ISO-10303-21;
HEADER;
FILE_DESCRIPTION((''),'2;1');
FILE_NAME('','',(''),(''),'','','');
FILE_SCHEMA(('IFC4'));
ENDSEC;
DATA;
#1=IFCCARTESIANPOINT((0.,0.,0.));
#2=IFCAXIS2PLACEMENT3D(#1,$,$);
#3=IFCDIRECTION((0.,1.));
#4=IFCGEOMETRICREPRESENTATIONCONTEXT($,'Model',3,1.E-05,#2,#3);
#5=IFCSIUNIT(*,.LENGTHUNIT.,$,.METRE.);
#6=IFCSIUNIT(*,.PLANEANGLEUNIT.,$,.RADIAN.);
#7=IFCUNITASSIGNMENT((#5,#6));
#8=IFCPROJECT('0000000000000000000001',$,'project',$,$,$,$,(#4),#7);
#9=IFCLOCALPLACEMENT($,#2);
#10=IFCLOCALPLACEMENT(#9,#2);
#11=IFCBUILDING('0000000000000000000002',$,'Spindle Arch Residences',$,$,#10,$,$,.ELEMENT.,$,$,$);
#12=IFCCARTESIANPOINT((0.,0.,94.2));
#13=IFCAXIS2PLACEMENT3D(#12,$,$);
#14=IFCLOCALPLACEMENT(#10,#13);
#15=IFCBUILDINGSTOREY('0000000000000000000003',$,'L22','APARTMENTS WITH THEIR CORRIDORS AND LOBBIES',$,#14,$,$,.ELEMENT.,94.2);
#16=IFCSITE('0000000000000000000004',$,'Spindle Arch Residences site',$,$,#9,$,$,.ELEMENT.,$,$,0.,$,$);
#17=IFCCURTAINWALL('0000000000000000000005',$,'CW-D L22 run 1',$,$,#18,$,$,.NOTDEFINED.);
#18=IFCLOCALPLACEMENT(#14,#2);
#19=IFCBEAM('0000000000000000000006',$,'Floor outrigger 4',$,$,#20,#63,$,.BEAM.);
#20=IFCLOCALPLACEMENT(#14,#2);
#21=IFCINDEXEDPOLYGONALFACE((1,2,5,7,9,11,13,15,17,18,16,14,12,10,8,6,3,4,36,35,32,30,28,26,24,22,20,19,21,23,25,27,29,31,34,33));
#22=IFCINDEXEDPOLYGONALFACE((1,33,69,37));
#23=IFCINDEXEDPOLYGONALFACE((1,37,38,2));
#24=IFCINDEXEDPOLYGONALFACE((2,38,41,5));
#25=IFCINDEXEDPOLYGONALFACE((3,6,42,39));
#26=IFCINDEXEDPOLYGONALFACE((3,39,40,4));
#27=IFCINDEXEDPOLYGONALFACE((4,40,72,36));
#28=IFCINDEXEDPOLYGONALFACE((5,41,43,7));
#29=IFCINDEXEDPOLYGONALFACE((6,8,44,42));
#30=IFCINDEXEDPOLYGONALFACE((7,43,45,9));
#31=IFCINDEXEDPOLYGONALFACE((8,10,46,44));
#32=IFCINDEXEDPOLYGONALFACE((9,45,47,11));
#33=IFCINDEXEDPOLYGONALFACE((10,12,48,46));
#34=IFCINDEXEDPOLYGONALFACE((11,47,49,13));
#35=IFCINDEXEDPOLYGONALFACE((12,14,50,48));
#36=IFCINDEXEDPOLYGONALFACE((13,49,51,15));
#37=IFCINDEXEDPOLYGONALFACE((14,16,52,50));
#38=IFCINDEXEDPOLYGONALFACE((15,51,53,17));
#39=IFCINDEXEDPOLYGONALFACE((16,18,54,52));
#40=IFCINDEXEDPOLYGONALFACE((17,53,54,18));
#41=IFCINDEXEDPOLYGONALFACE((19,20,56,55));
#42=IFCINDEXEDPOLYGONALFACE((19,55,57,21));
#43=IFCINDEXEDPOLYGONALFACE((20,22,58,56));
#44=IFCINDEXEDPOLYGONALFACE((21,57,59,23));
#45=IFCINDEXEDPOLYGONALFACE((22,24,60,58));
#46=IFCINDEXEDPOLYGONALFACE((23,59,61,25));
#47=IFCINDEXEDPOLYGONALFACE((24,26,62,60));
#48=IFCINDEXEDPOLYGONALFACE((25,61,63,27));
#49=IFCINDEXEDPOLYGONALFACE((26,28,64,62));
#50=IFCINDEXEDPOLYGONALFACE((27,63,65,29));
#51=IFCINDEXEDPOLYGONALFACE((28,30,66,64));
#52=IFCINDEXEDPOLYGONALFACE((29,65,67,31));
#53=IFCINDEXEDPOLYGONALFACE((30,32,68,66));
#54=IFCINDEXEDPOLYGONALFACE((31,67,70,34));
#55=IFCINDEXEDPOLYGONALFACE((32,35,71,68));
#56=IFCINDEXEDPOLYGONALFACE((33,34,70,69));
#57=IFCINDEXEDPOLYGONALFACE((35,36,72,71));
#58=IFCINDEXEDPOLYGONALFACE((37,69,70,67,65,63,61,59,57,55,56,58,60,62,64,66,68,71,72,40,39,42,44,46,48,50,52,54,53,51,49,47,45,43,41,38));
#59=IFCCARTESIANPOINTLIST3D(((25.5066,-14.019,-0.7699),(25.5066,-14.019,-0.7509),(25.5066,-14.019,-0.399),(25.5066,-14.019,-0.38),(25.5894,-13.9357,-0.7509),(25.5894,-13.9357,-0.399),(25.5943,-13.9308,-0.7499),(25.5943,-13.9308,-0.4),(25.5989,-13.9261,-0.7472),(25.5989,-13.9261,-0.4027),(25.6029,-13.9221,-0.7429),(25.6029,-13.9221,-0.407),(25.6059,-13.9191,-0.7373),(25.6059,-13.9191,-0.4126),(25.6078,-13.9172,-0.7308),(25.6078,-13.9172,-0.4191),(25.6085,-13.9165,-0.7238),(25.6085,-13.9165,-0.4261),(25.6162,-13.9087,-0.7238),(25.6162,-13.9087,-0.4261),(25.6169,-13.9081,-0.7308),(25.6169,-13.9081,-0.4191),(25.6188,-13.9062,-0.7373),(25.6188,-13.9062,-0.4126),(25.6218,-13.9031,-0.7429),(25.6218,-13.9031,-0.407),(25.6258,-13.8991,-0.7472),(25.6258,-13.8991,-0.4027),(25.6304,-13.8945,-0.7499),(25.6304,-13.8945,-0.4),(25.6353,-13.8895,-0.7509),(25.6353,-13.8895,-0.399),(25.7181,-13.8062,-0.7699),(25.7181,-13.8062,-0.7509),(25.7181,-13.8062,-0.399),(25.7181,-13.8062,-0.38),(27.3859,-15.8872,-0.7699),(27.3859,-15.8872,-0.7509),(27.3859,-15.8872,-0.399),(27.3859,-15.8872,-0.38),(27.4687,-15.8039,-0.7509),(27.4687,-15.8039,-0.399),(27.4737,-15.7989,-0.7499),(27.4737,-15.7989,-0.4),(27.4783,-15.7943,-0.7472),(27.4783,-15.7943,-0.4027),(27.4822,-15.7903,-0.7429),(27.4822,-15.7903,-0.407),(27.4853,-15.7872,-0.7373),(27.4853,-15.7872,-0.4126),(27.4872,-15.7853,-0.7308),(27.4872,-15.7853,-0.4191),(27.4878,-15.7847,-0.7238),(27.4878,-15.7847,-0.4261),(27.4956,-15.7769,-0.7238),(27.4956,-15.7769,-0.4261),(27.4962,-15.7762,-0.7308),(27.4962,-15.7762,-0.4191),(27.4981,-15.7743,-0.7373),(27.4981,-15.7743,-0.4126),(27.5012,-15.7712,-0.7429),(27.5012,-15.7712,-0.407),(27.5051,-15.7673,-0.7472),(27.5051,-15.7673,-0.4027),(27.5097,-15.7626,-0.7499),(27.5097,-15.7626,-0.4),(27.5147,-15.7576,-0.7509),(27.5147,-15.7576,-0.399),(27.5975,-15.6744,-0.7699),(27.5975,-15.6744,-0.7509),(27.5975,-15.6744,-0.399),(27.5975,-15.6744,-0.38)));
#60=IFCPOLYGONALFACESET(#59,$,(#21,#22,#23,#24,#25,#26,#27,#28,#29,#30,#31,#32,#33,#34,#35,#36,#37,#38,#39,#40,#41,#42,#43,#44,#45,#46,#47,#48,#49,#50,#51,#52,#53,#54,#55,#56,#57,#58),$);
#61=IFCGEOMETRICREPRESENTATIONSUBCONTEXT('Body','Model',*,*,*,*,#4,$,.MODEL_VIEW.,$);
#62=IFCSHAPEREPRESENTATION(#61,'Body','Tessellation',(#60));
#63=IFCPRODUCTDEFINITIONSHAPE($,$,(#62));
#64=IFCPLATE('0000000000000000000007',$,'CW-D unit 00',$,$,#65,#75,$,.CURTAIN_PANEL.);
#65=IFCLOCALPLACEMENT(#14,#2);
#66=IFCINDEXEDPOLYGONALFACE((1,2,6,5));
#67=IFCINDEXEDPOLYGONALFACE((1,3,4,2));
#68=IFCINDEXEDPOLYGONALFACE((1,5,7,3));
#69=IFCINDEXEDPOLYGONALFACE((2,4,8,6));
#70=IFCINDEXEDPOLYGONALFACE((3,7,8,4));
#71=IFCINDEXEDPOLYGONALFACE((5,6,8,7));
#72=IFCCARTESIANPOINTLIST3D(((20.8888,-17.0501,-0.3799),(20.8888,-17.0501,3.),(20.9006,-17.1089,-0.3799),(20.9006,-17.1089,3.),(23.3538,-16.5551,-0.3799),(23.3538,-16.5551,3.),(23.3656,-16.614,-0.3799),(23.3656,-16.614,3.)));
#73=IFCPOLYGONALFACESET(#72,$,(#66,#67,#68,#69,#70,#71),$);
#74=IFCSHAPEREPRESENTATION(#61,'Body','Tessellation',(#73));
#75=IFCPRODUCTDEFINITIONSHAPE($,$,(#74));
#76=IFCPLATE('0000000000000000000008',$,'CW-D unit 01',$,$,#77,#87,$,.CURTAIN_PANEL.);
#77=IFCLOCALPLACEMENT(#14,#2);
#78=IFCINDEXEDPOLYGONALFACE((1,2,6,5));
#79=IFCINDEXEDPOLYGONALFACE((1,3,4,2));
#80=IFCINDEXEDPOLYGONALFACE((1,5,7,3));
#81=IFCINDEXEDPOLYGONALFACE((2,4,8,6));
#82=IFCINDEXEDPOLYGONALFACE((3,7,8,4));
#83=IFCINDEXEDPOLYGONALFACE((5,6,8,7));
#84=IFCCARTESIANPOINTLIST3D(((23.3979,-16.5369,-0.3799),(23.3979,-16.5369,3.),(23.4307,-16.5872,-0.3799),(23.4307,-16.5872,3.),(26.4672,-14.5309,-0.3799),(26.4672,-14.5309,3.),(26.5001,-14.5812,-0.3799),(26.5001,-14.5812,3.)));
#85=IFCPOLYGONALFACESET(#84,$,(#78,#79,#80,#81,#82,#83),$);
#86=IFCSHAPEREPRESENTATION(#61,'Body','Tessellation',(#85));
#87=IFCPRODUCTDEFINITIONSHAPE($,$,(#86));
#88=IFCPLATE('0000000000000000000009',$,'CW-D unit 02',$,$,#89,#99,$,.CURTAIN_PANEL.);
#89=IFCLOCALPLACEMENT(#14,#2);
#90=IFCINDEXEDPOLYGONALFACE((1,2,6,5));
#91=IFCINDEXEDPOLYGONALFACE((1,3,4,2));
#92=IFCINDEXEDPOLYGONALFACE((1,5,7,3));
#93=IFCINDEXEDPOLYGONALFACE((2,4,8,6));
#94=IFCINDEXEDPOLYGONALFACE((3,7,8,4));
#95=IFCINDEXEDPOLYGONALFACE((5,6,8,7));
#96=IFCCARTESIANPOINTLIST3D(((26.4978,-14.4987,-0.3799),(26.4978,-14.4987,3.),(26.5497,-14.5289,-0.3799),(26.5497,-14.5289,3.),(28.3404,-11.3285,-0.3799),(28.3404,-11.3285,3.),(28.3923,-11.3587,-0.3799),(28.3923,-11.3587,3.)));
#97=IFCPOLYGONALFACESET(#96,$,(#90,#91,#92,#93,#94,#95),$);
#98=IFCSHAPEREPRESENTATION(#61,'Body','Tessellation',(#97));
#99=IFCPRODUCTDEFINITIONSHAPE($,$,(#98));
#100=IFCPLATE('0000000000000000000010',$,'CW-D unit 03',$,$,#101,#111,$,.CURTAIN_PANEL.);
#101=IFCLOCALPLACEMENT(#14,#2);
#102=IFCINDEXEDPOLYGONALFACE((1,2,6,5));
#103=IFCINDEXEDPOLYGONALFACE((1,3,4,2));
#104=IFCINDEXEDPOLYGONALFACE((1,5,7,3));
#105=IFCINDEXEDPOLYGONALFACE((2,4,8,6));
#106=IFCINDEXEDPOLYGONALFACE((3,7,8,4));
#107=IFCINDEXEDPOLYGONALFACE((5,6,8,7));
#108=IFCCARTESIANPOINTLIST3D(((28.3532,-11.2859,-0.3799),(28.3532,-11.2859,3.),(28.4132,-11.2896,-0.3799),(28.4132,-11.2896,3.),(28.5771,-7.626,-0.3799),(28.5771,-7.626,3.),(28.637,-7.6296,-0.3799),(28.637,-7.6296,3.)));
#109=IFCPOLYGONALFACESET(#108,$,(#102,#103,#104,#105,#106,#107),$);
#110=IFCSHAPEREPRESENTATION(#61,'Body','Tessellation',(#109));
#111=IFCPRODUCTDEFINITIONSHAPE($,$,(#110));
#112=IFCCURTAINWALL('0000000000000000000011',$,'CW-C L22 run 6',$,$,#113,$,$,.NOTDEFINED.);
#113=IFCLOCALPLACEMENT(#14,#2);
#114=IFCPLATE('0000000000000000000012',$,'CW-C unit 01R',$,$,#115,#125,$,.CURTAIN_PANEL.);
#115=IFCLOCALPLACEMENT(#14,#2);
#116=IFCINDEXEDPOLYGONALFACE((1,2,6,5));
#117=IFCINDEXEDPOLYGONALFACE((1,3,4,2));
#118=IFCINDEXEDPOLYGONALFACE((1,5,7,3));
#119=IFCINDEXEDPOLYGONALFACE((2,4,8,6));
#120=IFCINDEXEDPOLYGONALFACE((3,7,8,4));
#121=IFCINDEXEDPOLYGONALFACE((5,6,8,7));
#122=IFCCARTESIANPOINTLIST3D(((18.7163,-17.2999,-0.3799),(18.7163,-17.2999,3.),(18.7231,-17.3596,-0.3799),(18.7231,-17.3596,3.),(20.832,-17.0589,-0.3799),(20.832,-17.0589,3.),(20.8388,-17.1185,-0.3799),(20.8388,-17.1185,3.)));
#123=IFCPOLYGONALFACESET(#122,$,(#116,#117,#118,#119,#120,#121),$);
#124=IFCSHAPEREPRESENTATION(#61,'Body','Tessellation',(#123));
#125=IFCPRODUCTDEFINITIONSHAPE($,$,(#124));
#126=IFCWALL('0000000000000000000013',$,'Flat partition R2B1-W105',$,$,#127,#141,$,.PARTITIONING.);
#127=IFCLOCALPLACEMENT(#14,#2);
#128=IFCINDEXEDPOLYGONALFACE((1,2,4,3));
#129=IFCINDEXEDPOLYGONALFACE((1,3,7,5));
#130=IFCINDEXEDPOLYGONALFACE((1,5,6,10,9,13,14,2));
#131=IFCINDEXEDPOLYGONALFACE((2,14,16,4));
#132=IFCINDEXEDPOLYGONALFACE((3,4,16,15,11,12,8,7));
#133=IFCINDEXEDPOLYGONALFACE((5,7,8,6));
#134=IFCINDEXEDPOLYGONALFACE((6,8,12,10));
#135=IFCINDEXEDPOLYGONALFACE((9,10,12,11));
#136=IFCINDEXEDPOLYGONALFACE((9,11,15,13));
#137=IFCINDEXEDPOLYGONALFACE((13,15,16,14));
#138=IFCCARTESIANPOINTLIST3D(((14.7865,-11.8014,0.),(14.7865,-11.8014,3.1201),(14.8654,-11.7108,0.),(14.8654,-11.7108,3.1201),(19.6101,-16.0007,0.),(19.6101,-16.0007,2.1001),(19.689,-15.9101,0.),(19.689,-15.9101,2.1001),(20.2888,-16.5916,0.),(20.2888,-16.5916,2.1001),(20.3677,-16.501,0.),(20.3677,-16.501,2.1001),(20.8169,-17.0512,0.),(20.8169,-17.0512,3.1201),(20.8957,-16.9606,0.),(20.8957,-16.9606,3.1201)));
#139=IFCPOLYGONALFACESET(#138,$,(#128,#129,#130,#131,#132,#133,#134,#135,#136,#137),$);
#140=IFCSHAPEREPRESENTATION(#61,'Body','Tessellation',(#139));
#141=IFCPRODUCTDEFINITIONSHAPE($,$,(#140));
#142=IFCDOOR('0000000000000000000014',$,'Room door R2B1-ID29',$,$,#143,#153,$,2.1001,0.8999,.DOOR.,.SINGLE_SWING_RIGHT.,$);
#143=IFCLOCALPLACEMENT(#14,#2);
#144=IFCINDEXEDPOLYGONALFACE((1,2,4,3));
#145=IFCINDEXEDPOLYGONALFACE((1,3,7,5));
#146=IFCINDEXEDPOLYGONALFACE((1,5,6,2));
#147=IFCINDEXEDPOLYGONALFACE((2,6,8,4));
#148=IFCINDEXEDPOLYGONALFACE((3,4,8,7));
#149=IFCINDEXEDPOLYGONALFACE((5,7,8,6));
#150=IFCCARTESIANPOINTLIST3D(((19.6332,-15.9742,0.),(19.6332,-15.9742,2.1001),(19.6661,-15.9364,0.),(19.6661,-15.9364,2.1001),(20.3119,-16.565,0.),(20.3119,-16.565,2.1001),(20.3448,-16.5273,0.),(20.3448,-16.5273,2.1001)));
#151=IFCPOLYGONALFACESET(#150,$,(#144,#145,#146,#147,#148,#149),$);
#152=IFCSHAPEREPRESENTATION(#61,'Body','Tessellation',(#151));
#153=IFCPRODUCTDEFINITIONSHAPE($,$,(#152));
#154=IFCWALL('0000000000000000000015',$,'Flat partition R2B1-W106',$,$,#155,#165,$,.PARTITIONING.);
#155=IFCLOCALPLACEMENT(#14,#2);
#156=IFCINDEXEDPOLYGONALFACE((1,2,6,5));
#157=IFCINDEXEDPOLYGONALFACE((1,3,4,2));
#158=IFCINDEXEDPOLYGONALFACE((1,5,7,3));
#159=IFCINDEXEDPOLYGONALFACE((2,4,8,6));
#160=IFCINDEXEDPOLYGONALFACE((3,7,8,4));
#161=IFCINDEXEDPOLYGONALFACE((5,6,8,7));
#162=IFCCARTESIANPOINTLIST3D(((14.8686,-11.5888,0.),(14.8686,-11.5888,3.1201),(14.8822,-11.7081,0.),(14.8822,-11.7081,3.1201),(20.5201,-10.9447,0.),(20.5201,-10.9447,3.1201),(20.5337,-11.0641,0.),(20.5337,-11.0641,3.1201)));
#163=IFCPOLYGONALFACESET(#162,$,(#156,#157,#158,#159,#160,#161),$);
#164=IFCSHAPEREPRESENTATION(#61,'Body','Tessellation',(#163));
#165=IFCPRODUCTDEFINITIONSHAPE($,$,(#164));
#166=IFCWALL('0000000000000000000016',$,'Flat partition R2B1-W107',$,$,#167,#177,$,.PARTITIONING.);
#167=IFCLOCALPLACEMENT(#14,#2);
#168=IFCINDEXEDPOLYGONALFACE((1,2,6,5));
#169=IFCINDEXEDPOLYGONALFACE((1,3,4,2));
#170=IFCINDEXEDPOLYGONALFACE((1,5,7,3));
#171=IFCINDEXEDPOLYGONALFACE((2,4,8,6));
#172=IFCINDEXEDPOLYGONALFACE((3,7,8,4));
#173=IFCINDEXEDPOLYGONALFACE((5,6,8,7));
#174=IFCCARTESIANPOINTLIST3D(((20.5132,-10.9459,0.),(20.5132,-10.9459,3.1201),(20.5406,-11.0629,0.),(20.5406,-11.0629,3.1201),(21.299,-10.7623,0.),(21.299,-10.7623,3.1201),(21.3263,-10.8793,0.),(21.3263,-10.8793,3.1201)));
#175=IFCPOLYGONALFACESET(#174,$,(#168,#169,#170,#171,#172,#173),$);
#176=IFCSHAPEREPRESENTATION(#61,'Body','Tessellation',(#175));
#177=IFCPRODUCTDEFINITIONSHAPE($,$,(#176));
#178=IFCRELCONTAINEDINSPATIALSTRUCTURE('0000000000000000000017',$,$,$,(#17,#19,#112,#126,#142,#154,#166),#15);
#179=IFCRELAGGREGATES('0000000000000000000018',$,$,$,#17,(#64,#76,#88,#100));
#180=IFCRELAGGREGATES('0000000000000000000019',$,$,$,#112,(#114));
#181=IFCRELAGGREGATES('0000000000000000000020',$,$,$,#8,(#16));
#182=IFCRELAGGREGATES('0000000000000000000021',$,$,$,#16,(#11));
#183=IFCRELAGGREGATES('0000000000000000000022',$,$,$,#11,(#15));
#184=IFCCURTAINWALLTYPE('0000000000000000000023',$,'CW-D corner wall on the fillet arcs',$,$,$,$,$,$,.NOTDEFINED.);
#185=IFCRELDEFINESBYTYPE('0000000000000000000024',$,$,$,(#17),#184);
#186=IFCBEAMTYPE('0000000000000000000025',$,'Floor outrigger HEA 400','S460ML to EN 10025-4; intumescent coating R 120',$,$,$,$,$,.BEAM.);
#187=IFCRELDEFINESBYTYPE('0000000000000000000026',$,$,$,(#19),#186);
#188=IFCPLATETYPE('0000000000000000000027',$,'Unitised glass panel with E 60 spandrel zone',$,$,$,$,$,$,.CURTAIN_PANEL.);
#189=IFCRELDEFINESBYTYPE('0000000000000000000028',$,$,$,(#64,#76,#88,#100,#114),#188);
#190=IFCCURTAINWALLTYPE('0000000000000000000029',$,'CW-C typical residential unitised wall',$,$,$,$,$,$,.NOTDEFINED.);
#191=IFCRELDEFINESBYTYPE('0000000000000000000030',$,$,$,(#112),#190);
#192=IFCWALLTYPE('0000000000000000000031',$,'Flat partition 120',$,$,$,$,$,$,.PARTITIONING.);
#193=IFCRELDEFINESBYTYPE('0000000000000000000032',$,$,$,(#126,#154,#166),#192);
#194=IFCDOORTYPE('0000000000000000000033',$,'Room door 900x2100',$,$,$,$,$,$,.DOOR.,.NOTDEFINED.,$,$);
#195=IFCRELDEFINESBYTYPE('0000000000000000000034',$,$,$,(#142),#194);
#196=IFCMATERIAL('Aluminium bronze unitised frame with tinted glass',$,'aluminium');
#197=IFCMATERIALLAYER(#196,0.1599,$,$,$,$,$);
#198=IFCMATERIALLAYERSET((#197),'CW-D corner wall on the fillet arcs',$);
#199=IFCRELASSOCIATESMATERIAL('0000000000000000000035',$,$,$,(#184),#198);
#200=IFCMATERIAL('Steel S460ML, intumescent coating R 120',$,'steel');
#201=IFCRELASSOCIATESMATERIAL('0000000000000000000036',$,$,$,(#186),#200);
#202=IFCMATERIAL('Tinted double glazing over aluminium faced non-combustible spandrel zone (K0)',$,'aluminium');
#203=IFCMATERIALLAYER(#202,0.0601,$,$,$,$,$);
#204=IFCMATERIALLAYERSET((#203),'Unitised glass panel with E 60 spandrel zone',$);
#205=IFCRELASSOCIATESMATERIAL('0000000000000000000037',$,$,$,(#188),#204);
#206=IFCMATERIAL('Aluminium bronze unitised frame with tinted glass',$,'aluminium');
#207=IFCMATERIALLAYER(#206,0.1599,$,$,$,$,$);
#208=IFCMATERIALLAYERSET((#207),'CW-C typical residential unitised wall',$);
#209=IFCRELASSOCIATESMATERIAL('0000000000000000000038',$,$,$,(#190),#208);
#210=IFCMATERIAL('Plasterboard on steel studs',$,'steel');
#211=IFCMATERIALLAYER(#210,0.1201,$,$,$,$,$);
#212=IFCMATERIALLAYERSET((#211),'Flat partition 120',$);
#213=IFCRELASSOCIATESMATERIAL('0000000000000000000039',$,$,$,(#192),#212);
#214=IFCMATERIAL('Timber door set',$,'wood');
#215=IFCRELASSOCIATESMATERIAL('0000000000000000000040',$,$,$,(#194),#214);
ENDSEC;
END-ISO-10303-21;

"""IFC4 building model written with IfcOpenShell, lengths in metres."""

from ifc_helpers import new_model, si_unit, direction, frame, frame_2d, origin, origin_2d, place, context, subcontext, project, spatial, rectangle, i_section, extrude, material, layer, layer_set, material_profile, profile_set, type_object, element, fill, aggregate, save


model = new_model("IFC4")

# Units and contexts
model_context = context("Model", 3, precision=1e-05, world=origin(), true_north=direction((0.0, 1.0)))
body_context = subcontext(model_context, "Body", "Model", "MODEL_VIEW")
ifc_project = project(units=[si_unit("LENGTHUNIT", "METRE"), si_unit("PLANEANGLEUNIT", "RADIAN")], contexts=[model_context])

# Site, building, storey
site_placement = place(None, origin())
site = spatial("IfcSite", under=ifc_project, at=site_placement, Name="Spindle Arch Residences site", CompositionType="ELEMENT", RefElevation=0.0)
building_placement = place(site_placement, origin())
building = spatial("IfcBuilding", under=site, at=building_placement, Name="Spindle Arch Residences", CompositionType="ELEMENT")
storey_placement = place(building_placement, frame((0.0, 0.0, 94.2)))
storey = spatial("IfcBuildingStorey", under=building, at=storey_placement, Name="L22", Description="APARTMENTS WITH THEIR CORRIDORS AND LOBBIES", CompositionType="ELEMENT", Elevation=94.2)

# Curtain wall
ifc_material_1 = material(Name="Aluminium bronze unitised frame with tinted glass", Category="aluminium")
ifc_layer_1 = layer(ifc_material_1, 0.1599)
ifc_layer_set_1 = layer_set([ifc_layer_1], Name="CW-D corner wall on the fillet arcs")
curtain_wall_type_1 = type_object("IfcCurtainWallType", Name="CW-D corner wall on the fillet arcs", PredefinedType="NOTDEFINED", material=ifc_layer_set_1)
curtain_wall_1_placement = place(storey_placement, origin())
curtain_wall_1 = element("IfcCurtainWall", 1, at=curtain_wall_1_placement, inside=storey, type_object=curtain_wall_type_1, Name="CW-D L22 run 1", PredefinedType="NOTDEFINED")

# Beam
ifc_material_2 = material(Name="Steel S460ML, intumescent coating R 120", Category="steel")
ifc_material_profile_1 = material_profile(ifc_material_2, i_section(OverallWidth=0.3, OverallDepth=0.3899, WebThickness=0.011, FlangeThickness=0.019, FilletRadius=0.0271, at=origin_2d()), Name="HEA 400")
ifc_profile_set_1 = profile_set([ifc_material_profile_1], Name="Steel S460ML, intumescent coating R 120")
beam_type_1 = type_object("IfcBeamType", Name="Floor outrigger HEA 400", Description="S460ML to EN 10025-4; intumescent coating R 120", PredefinedType="BEAM", material=ifc_profile_set_1)
beam_1_placement = place(storey_placement, frame((27.4917, -15.7808, -0.575), z_axis=(-0.709223, 0.704985, 0.0), x_axis=(-0.704985, -0.709223, 0.0)))
element("IfcBeam", 2, at=beam_1_placement, inside=storey, type_object=beam_type_1, Name="Floor outrigger 4", PredefinedType="BEAM", context=body_context, shape_type="SweptSolid", body=[
    extrude(i_section(OverallWidth=0.3, OverallDepth=0.3899, WebThickness=0.011, FlangeThickness=0.019, FilletRadius=0.0271, at=origin_2d()), origin(), (0.0, 0.0, 1.0), 2.6499),
])

# Plates
ifc_material_3 = material(Name="Tinted double glazing over aluminium faced non-combustible spandrel zone (K0)", Category="aluminium")
ifc_layer_2 = layer(ifc_material_3, 0.0601)
ifc_layer_set_2 = layer_set([ifc_layer_2], Name="Unitised glass panel with E 60 spandrel zone")
plate_type = type_object("IfcPlateType", Name="Unitised glass panel with E 60 spandrel zone", PredefinedType="CURTAIN_PANEL", material=ifc_layer_set_2)
plate_1_placement = place(storey_placement, frame((22.1272, -16.832, -0.3799), z_axis=(0.0, 0.0, 1.0), x_axis=(0.980431, 0.196863, 0.0)))
plate_1 = element("IfcPlate", 3, at=plate_1_placement, type_object=plate_type, Name="CW-D unit 00", PredefinedType="CURTAIN_PANEL", context=body_context, shape_type="SweptSolid", body=[
    extrude(rectangle(XDim=2.5142, YDim=0.0601, at=origin_2d()), origin(), (0.0, 0.0, 1.0), 3.3799),
])
plate_2_placement = place(storey_placement, frame((24.949, -15.5591, -0.3799), z_axis=(0.0, 0.0, 1.0), x_axis=(0.837083, 0.547076, 0.0)))
plate_2 = element("IfcPlate", 4, at=plate_2_placement, type_object=plate_type, Name="CW-D unit 01", PredefinedType="CURTAIN_PANEL", context=body_context, shape_type="SweptSolid", body=[
    extrude(rectangle(XDim=3.6667, YDim=0.0601, at=origin_2d()), origin(), (0.0, 0.0, 1.0), 3.3799),
])
plate_3_placement = place(storey_placement, frame((27.4451, -12.9287, -0.3799), z_axis=(0.0, 0.0, 1.0), x_axis=(0.502517, 0.864567, 0.0)))
plate_3 = element("IfcPlate", 5, at=plate_3_placement, type_object=plate_type, Name="CW-D unit 02", PredefinedType="CURTAIN_PANEL", context=body_context, shape_type="SweptSolid", body=[
    extrude(rectangle(XDim=3.6667, YDim=0.0601, at=origin_2d()), origin(), (0.0, 0.0, 1.0), 3.3799),
])
plate_4_placement = place(storey_placement, frame((28.4951, -9.4578, -0.3799), z_axis=(0.0, 0.0, 1.0), x_axis=(0.061049, 0.998135, 0.0)))
plate_4 = element("IfcPlate", 6, at=plate_4_placement, type_object=plate_type, Name="CW-D unit 03", PredefinedType="CURTAIN_PANEL", context=body_context, shape_type="SweptSolid", body=[
    extrude(rectangle(XDim=3.6667, YDim=0.0601, at=origin_2d()), origin(), (0.0, 0.0, 1.0), 3.3799),
])
aggregate(curtain_wall_1, [plate_1, plate_2, plate_3, plate_4])

# Curtain wall, plate
ifc_material_4 = material(Name="Aluminium bronze unitised frame with tinted glass", Category="aluminium")
ifc_layer_3 = layer(ifc_material_4, 0.1599)
ifc_layer_set_3 = layer_set([ifc_layer_3], Name="CW-C typical residential unitised wall")
curtain_wall_type_2 = type_object("IfcCurtainWallType", Name="CW-C typical residential unitised wall", PredefinedType="NOTDEFINED", material=ifc_layer_set_3)
curtain_wall_2_placement = place(storey_placement, origin())
curtain_wall_2 = element("IfcCurtainWall", 7, at=curtain_wall_2_placement, inside=storey, type_object=curtain_wall_type_2, Name="CW-C L22 run 6", PredefinedType="NOTDEFINED")
plate_5_placement = place(storey_placement, frame((19.7776, -17.2092, -0.3799), z_axis=(0.0, 0.0, 1.0), x_axis=(0.993572, 0.113203, 0.0)))
plate_5 = element("IfcPlate", 8, at=plate_5_placement, type_object=plate_type, Name="CW-C unit 01R", PredefinedType="CURTAIN_PANEL", context=body_context, shape_type="SweptSolid", body=[
    extrude(rectangle(XDim=2.1294, YDim=0.0601, at=origin_2d()), origin(), (0.0, 0.0, 1.0), 3.3799),
])
aggregate(curtain_wall_2, [plate_5])

# Wall, opening, door
ifc_material_5 = material(Name="Plasterboard on steel studs", Category="steel")
ifc_layer_4 = layer(ifc_material_5, 0.1201)
ifc_layer_set_4 = layer_set([ifc_layer_4], Name="Flat partition 120")
wall_type_1 = type_object("IfcWallType", Name="Flat partition 120", PredefinedType="PARTITIONING", material=ifc_layer_set_4)
wall_1_placement = place(storey_placement, frame((20.8562, -17.0059, 0.0), z_axis=(0.0, 0.0, 1.0), x_axis=(-0.754231, 0.656609, 0.0)))
wall_1 = element("IfcWall", 9, at=wall_1_placement, inside=storey, type_object=wall_type_1, Name="Flat partition R2B1-W105", PredefinedType="PARTITIONING", context=body_context, shape_type="SweptSolid", body=[
    extrude(rectangle(XDim=7.9954, YDim=0.1201, at=frame_2d((3.9976, 0.0))), origin(), (0.0, 0.0, 1.0), 3.1201),
])
opening_1_placement = place(wall_1_placement, frame((0.7, 0.0, 0.0)))
opening_1 = element("IfcOpeningElement", 10, at=opening_1_placement, cuts=wall_1, PredefinedType="OPENING", context=body_context, shape_type="SweptSolid", body=[
    extrude(rectangle(XDim=0.8999, YDim=2.1001, at=frame_2d((0.45, 1.05))), frame((0.0, 0.0701, 0.0), z_axis=(0.0, -1.0, 0.0), x_axis=(1.0, 0.0, 0.0)), (0.0, 0.0, 1.0), 0.1401),
])
ifc_material_6 = material(Name="Timber door set", Category="wood")
door_type = type_object("IfcDoorType", Name="Room door 900x2100", OperationType="NOTDEFINED", PredefinedType="DOOR", material=ifc_material_6)
door_1_placement = place(opening_1_placement, origin())
door_1 = element("IfcDoor", 11, at=door_1_placement, inside=storey, type_object=door_type, Name="Room door R2B1-ID29", OperationType="SINGLE_SWING_RIGHT", OverallHeight=2.1001, OverallWidth=0.8999, PredefinedType="DOOR", context=body_context, shape_type="SweptSolid", body=[
    extrude(rectangle(XDim=0.8999, YDim=2.1001, at=frame_2d((0.45, 1.05))), frame((0.0, 0.0249, 0.0), z_axis=(0.0, -1.0, 0.0), x_axis=(1.0, 0.0, 0.0)), (0.0, 0.0, 1.0), 0.05),
])
fill(opening_1, door_1)

# Walls
wall_2_placement = place(storey_placement, frame((20.5269, -11.0044, 0.0), z_axis=(0.0, 0.0, 1.0), x_axis=(-0.993569, -0.113229, 0.0)))
element("IfcWall", 12, at=wall_2_placement, inside=storey, type_object=wall_type_1, Name="Flat partition R2B1-W106", PredefinedType="PARTITIONING", context=body_context, shape_type="SweptSolid", body=[
    extrude(rectangle(XDim=5.688, YDim=0.1201, at=frame_2d((2.844, 0.0))), origin(), (0.0, 0.0, 1.0), 3.1201),
])
wall_3_placement = place(storey_placement, frame((21.3125, -10.8208, 0.0), z_axis=(0.0, 0.0, 1.0), x_axis=(-0.973765, -0.227555, 0.0)))
element("IfcWall", 13, at=wall_3_placement, inside=storey, type_object=wall_type_1, Name="Flat partition R2B1-W107", PredefinedType="PARTITIONING", context=body_context, shape_type="SweptSolid", body=[
    extrude(rectangle(XDim=0.8069, YDim=0.1201, at=frame_2d((0.4033, 0.0))), origin(), (0.0, 0.0, 1.0), 3.1201),
])

save(model, "model.ifc")
